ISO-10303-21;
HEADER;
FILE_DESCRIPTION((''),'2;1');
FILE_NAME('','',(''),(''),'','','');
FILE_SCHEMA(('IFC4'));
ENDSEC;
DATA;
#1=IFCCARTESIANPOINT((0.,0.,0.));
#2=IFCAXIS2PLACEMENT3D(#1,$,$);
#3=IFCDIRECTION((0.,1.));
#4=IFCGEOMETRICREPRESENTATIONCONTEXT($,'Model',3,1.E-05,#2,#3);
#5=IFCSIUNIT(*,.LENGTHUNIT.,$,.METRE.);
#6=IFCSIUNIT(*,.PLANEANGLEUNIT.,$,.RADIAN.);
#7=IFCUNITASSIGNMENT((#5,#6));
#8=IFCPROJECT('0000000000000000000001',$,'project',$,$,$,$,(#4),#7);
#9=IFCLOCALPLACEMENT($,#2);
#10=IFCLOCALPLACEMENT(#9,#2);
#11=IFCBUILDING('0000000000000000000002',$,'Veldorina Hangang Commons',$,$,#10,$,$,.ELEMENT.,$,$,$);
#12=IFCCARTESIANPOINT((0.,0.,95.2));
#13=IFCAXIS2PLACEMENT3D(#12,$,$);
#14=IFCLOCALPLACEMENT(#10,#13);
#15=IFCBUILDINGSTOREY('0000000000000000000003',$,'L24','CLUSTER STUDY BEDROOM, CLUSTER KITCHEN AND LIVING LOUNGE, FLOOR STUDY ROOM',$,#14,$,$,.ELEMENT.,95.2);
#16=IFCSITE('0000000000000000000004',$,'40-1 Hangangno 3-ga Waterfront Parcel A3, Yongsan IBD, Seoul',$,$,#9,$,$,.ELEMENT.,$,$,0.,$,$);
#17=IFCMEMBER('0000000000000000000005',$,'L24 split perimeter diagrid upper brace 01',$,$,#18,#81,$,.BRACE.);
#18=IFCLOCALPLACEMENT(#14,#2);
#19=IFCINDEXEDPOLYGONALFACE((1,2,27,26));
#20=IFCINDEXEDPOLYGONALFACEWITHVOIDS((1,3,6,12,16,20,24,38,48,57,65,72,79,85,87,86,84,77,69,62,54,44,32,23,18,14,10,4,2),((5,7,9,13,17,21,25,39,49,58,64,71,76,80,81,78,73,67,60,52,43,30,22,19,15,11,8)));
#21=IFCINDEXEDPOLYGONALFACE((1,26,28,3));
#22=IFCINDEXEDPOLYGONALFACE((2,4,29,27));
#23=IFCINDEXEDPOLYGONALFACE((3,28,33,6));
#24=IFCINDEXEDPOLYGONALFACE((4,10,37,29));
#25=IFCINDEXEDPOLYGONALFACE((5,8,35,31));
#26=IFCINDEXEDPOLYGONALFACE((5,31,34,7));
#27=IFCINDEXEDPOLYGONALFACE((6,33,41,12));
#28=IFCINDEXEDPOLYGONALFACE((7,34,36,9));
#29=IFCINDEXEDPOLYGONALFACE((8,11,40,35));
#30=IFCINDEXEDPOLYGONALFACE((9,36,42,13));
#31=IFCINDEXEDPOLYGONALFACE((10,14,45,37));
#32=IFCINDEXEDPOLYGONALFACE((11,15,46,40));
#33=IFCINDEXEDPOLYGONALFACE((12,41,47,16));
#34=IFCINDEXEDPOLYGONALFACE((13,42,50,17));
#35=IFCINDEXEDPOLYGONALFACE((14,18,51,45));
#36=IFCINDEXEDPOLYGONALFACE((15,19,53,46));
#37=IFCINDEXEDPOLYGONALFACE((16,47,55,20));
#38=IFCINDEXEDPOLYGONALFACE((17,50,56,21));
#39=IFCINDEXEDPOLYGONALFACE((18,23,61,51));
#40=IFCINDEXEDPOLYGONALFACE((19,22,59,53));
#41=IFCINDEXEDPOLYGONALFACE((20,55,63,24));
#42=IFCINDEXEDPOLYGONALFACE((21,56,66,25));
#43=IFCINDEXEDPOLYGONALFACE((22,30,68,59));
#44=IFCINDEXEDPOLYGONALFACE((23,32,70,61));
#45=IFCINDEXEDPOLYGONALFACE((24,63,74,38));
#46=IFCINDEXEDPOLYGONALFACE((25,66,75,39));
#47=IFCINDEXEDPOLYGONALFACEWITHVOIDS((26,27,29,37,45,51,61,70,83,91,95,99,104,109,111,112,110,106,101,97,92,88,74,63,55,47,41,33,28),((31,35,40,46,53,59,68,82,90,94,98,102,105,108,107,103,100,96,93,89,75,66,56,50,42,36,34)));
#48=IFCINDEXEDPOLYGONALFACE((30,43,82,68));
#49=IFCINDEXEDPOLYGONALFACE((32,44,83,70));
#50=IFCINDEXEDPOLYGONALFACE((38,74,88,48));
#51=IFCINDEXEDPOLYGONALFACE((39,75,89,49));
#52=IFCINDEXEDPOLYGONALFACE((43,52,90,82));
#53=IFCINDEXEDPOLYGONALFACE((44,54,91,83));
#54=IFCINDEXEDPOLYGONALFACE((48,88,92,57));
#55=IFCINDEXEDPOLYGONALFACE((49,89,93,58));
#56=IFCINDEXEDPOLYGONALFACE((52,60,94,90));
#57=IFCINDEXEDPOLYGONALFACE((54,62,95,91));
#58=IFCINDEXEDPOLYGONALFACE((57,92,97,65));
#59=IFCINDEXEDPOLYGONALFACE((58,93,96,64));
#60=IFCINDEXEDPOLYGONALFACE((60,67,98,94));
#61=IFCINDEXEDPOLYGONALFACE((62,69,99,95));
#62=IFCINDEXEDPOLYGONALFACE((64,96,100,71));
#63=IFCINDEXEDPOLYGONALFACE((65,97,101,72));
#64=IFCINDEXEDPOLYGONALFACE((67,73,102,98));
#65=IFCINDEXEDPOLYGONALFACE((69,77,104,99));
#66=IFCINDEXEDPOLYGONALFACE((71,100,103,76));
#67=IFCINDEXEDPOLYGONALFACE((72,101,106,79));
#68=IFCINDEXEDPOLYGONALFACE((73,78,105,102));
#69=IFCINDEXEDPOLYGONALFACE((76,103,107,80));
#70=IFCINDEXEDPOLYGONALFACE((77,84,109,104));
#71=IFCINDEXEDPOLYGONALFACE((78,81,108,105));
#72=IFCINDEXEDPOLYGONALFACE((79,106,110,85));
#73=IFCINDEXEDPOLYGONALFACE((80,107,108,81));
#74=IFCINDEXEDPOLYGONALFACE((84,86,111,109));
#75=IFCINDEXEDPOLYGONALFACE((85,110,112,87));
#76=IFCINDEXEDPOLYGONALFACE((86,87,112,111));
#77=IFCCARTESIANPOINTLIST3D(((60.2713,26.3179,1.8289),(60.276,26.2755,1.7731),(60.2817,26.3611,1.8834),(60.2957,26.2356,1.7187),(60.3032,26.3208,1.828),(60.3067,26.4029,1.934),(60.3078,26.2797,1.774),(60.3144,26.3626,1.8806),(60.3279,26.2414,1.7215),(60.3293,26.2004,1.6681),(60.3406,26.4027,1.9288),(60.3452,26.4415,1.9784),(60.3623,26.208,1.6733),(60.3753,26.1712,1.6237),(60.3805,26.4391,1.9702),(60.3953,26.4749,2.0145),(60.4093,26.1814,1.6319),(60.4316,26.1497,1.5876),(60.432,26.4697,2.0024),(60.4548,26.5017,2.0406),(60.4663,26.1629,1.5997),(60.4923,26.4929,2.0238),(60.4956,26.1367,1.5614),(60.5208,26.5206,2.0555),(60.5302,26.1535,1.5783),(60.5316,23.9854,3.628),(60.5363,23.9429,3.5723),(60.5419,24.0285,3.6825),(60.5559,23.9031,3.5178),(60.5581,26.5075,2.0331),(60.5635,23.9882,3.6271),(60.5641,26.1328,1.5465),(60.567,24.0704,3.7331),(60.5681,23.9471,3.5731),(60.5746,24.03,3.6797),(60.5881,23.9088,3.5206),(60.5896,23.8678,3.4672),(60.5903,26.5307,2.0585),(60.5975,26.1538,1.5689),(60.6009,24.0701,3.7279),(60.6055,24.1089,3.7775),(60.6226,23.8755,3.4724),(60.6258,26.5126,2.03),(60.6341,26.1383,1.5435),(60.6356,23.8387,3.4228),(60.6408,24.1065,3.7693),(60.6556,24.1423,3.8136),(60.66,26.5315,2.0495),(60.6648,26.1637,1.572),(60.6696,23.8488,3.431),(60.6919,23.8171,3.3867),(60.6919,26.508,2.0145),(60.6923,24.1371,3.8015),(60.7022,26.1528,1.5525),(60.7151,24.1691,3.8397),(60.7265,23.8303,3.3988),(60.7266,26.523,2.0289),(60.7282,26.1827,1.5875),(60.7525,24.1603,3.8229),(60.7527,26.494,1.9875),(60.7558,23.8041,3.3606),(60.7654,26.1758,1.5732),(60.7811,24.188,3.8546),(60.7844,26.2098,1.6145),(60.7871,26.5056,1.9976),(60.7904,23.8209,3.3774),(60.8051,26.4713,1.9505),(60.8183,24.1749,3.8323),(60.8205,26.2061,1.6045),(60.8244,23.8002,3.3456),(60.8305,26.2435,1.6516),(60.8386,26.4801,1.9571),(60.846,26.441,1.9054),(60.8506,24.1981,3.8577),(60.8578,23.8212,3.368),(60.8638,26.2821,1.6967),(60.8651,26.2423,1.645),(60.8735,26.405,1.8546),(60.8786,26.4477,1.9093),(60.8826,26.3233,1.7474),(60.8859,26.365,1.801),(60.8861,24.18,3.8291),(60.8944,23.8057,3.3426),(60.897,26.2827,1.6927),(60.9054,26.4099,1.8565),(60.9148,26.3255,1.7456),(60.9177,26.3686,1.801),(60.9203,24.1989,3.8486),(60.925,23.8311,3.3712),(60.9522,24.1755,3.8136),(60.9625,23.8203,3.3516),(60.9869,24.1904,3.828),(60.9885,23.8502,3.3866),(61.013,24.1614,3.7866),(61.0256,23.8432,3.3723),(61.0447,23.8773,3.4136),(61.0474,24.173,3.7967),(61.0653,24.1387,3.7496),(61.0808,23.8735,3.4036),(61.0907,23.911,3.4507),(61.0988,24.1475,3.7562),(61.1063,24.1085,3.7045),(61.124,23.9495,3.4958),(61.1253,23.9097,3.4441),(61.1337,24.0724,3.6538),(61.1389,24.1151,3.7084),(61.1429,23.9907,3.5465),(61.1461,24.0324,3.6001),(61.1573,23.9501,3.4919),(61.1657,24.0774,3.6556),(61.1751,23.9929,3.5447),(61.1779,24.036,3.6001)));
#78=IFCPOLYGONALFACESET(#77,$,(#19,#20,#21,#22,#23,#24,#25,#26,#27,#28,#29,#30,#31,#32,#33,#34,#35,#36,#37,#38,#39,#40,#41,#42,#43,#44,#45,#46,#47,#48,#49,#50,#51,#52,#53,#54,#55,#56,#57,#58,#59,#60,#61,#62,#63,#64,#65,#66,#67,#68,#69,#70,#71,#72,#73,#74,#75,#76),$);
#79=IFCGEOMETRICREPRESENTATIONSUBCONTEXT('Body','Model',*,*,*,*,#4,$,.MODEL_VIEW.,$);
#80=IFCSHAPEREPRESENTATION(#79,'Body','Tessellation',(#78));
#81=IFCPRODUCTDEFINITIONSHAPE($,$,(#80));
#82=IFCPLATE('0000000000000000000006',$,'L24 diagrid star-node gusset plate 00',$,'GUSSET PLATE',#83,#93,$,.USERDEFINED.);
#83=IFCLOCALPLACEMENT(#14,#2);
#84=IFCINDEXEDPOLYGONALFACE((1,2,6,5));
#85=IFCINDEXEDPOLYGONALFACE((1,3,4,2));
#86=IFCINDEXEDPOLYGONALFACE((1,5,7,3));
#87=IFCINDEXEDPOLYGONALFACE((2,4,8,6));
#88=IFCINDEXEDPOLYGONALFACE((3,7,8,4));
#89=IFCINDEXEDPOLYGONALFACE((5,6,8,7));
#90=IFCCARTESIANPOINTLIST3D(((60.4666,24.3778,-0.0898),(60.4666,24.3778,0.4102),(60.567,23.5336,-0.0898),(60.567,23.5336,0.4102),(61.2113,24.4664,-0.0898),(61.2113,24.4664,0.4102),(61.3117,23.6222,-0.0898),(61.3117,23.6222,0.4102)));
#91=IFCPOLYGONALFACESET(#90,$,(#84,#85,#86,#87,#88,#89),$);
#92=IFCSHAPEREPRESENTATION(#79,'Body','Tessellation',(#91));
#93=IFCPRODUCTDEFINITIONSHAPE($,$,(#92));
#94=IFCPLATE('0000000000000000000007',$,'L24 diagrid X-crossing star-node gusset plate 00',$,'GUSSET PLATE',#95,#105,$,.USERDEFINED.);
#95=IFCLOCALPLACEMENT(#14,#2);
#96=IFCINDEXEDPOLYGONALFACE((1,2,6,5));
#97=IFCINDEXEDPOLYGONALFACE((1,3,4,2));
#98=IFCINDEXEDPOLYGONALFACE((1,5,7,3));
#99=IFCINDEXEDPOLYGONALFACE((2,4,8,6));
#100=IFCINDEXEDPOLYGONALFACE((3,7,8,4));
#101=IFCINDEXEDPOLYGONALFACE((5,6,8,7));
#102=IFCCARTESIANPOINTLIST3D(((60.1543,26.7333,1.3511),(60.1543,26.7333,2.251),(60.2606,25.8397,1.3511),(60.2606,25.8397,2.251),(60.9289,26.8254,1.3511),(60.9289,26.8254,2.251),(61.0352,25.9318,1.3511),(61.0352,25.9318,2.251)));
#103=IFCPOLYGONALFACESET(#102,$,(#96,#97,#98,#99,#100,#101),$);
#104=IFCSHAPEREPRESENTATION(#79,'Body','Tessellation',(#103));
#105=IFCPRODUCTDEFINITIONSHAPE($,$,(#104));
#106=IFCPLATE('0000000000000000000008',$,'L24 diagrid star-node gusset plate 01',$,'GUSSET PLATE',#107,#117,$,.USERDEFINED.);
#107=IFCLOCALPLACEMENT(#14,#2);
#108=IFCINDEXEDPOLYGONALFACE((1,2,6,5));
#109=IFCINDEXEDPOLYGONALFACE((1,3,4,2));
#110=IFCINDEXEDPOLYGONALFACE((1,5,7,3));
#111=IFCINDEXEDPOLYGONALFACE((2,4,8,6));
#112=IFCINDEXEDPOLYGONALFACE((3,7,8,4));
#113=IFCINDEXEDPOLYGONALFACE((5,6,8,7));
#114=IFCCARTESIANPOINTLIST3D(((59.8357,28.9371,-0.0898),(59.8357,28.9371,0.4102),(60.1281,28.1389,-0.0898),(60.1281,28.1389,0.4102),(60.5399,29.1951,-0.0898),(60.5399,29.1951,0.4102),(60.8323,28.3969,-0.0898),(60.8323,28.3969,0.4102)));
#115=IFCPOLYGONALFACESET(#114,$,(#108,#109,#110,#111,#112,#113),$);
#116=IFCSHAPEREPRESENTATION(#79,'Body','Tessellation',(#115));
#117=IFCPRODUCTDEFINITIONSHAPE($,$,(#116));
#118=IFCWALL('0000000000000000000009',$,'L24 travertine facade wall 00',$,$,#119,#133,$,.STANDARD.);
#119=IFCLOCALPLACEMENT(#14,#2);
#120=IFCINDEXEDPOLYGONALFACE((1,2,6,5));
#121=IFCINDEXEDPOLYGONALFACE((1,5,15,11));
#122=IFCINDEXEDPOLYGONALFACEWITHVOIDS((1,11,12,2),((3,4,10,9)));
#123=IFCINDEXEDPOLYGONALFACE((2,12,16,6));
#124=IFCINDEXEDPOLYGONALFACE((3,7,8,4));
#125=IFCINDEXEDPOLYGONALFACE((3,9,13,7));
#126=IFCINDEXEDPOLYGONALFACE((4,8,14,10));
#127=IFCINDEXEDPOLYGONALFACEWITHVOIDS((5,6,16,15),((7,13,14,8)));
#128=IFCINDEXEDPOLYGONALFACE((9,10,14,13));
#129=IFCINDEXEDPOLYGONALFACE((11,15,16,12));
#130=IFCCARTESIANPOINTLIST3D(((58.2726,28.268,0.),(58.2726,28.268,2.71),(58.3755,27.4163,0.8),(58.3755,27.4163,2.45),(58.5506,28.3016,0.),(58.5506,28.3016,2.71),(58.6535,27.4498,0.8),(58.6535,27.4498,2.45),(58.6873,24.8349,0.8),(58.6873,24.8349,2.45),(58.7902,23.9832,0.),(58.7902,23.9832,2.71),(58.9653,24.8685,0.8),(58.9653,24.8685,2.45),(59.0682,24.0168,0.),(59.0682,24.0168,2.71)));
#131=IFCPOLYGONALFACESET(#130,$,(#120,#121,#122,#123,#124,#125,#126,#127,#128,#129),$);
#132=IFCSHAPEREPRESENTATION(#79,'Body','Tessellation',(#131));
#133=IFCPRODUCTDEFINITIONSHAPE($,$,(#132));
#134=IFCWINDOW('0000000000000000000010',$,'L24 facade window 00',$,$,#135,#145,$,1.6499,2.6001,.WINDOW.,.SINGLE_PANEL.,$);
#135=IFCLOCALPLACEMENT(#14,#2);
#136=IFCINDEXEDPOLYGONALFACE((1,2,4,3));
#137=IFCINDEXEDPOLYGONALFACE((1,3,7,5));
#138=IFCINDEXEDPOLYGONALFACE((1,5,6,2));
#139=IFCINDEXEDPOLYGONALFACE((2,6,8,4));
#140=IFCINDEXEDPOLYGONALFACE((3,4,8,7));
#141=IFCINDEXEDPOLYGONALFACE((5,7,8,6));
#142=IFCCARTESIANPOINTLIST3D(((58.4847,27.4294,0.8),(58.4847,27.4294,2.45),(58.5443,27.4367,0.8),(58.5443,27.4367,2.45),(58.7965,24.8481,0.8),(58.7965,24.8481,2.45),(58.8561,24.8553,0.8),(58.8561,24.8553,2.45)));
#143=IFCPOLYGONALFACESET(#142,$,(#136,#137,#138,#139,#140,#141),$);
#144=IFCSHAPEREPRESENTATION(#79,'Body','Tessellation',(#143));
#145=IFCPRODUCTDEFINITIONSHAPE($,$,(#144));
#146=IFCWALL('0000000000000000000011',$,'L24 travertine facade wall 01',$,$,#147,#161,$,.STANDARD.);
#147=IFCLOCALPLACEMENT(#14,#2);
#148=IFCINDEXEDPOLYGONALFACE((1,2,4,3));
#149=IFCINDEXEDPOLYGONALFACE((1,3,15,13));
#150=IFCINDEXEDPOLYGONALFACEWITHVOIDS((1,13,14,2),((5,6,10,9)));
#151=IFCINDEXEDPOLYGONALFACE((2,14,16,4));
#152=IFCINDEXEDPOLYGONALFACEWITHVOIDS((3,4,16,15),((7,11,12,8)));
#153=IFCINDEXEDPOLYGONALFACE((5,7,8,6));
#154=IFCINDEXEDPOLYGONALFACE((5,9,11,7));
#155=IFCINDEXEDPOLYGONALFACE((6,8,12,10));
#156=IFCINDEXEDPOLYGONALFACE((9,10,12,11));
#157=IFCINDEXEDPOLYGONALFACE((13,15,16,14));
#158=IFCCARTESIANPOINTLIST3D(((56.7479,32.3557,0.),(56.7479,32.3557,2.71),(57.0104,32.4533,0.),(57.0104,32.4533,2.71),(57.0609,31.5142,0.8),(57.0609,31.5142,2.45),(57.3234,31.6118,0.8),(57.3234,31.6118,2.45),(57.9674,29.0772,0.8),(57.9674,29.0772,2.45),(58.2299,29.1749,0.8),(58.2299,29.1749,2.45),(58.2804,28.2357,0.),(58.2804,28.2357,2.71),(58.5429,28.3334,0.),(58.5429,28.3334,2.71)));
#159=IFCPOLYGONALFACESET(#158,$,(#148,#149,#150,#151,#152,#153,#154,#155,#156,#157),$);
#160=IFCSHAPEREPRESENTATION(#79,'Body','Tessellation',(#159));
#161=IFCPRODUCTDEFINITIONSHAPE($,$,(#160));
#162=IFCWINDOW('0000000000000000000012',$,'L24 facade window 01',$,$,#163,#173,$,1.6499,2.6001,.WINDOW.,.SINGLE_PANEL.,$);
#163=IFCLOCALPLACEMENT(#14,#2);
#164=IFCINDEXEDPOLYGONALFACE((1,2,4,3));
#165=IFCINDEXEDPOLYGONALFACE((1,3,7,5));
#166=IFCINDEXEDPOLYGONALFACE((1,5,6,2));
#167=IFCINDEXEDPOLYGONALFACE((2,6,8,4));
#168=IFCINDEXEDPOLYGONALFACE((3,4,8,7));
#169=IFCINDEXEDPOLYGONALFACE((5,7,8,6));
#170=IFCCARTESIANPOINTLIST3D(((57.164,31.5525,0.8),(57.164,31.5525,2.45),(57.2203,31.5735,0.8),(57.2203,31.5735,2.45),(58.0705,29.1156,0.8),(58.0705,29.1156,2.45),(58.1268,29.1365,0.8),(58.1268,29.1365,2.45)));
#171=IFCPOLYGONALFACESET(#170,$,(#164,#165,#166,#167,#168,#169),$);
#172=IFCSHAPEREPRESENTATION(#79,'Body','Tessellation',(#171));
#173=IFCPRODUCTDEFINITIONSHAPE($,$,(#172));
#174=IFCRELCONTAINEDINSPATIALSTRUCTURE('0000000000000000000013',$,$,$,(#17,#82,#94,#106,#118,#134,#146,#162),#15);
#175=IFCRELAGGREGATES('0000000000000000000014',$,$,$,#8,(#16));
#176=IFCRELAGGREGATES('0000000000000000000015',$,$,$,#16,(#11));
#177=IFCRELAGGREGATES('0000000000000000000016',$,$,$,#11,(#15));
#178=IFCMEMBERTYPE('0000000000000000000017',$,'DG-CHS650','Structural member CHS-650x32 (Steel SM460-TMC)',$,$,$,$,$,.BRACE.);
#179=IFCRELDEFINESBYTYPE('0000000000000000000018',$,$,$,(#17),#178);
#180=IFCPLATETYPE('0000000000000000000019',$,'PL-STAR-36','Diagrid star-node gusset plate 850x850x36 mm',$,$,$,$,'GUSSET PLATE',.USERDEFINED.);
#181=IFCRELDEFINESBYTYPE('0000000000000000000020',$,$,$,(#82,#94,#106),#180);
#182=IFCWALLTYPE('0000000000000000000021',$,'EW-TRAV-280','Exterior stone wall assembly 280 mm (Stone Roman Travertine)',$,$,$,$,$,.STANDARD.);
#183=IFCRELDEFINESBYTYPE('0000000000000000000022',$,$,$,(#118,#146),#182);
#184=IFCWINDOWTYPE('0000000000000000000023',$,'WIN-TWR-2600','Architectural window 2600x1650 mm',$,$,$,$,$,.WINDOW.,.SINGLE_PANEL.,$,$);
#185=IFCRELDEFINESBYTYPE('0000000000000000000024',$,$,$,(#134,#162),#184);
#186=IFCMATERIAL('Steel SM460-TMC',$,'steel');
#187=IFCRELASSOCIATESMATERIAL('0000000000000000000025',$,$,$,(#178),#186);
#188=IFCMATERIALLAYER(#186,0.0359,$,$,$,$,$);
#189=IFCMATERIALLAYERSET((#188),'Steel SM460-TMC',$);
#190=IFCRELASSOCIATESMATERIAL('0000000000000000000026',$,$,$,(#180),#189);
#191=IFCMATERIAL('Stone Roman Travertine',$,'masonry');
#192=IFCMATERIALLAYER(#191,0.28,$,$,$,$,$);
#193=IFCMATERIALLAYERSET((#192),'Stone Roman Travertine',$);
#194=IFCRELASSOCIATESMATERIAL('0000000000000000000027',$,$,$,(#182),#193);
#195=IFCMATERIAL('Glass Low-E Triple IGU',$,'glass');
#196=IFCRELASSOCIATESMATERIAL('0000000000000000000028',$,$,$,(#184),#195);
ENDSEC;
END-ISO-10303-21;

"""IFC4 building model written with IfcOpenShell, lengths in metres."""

from ifc_helpers import new_model, si_unit, direction, frame, frame_2d, origin, origin_2d, place, context, subcontext, project, spatial, rectangle, hollow_circle, extrude, material, layer, layer_set, material_profile, profile_set, type_object, element, fill, save


model = new_model("IFC4")

# Units and contexts
model_context = context("Model", 3, precision=1e-05, world=origin(), true_north=direction((0.0, 1.0)))
body_context = subcontext(model_context, "Body", "Model", "MODEL_VIEW")
ifc_project = project(units=[si_unit("LENGTHUNIT", "METRE"), si_unit("PLANEANGLEUNIT", "RADIAN")], contexts=[model_context])

# Site, building, storey
site_placement = place(None, origin())
site = spatial("IfcSite", under=ifc_project, at=site_placement, Name="40-1 Hangangno 3-ga Waterfront Parcel A3, Yongsan IBD, Seoul", CompositionType="ELEMENT", RefElevation=0.0)
building_placement = place(site_placement, origin())
building = spatial("IfcBuilding", under=site, at=building_placement, Name="Veldorina Hangang Commons", CompositionType="ELEMENT")
storey_placement = place(building_placement, frame((0.0, 0.0, 95.2)))
storey = spatial("IfcBuildingStorey", under=building, at=storey_placement, Name="L24", Description="CLUSTER STUDY BEDROOM, CLUSTER KITCHEN AND LIVING LOUNGE, FLOOR STUDY ROOM", CompositionType="ELEMENT", Elevation=95.2)

# Member
ifc_material_1 = material(Name="Steel SM460-TMC", Category="steel")
ifc_material_profile_1 = material_profile(ifc_material_1, hollow_circle(Radius=0.325, WallThickness=0.032, at=origin_2d()), Name="CHS-650x32")
ifc_profile_set_1 = profile_set([ifc_material_profile_1], Name="Steel SM460-TMC")
member_type = type_object("IfcMemberType", Name="DG-CHS650", Description="Structural member CHS-650x32 (Steel SM460-TMC)", PredefinedType="BRACE", material=ifc_profile_set_1)
member_1_placement = place(storey_placement, frame((60.5947, 26.3325, 1.801), z_axis=(0.088007, -0.788759, 0.60837), x_axis=(0.993833, 0.110888, 0.0)))
element("IfcMember", 1, at=member_1_placement, inside=storey, type_object=member_type, Name="L24 split perimeter diagrid upper brace 01", PredefinedType="BRACE", context=body_context, shape_type="SweptSolid", body=[
    extrude(hollow_circle(Radius=0.325, WallThickness=0.032, at=origin_2d()), origin(), (0.0, 0.0, 1.0), 2.9573),
])

# Plates
ifc_layer_1 = layer(ifc_material_1, 0.0359)
ifc_layer_set_1 = layer_set([ifc_layer_1], Name="Steel SM460-TMC")
plate_type = type_object("IfcPlateType", Name="PL-STAR-36", Description="Diagrid star-node gusset plate 850x850x36 mm", ElementType="GUSSET PLATE", PredefinedType="USERDEFINED", material=ifc_layer_set_1)
plate_1_placement = place(storey_placement, frame((60.8892, 24.0, -0.0898), z_axis=(0.0, 0.0, 1.0), x_axis=(-0.118109, 0.993001, 0.0)))
element("IfcPlate", 2, at=plate_1_placement, inside=storey, type_object=plate_type, Name="L24 diagrid star-node gusset plate 00", ObjectType="GUSSET PLATE", PredefinedType="USERDEFINED", context=body_context, shape_type="SweptSolid", body=[
    extrude(rectangle(XDim=0.8501, YDim=0.75, at=origin_2d()), origin(), (0.0, 0.0, 1.0), 0.5),
])
plate_2_placement = place(storey_placement, frame((60.5947, 26.3325, 1.3511), z_axis=(0.0, 0.0, 1.0), x_axis=(-0.118109, 0.993001, 0.0)))
element("IfcPlate", 3, at=plate_2_placement, inside=storey, type_object=plate_type, Name="L24 diagrid X-crossing star-node gusset plate 00", ObjectType="GUSSET PLATE", PredefinedType="USERDEFINED", context=body_context, shape_type="SweptSolid", body=[
    extrude(rectangle(XDim=0.8999, YDim=0.78, at=origin_2d()), origin(), (0.0, 0.0, 1.0), 0.8999),
])
plate_3_placement = place(storey_placement, frame((60.334, 28.667, -0.0898), z_axis=(0.0, 0.0, 1.0), x_axis=(-0.343987, 0.938974, 0.0)))
element("IfcPlate", 4, at=plate_3_placement, inside=storey, type_object=plate_type, Name="L24 diagrid star-node gusset plate 01", ObjectType="GUSSET PLATE", PredefinedType="USERDEFINED", context=body_context, shape_type="SweptSolid", body=[
    extrude(rectangle(XDim=0.8501, YDim=0.75, at=origin_2d()), origin(), (0.0, 0.0, 1.0), 0.5),
])

# Walls, openings, windows
ifc_material_2 = material(Name="Stone Roman Travertine", Category="masonry")
ifc_layer_2 = layer(ifc_material_2, 0.28)
ifc_layer_set_2 = layer_set([ifc_layer_2], Name="Stone Roman Travertine")
wall_type_1 = type_object("IfcWallType", Name="EW-TRAV-280", Description="Exterior stone wall assembly 280 mm (Stone Roman Travertine)", PredefinedType="STANDARD", material=ifc_layer_set_2)
wall_1_placement = place(storey_placement, frame((58.9292, 24.0, 0.0), z_axis=(0.0, 0.0, 1.0), x_axis=(-0.119926, 0.992783, 0.0)))
wall_1 = element("IfcWall", 5, at=wall_1_placement, inside=storey, type_object=wall_type_1, Name="L24 travertine facade wall 00", PredefinedType="STANDARD", context=body_context, shape_type="SweptSolid", body=[
    extrude(rectangle(XDim=4.3159, YDim=0.28, at=frame_2d((2.158, 0.0))), origin(), (0.0, 0.0, 1.0), 2.71),
])
opening_1_placement = place(wall_1_placement, frame((0.8579, 0.0, 0.8)))
opening_1 = element("IfcOpeningElement", 6, at=opening_1_placement, cuts=wall_1, PredefinedType="OPENING", context=body_context, shape_type="SweptSolid", body=[
    extrude(rectangle(XDim=2.6001, YDim=1.6499, at=frame_2d((1.3, 0.825))), frame((0.0, 0.1499, 0.0), z_axis=(0.0, -1.0, 0.0), x_axis=(1.0, 0.0, 0.0)), (0.0, 0.0, 1.0), 0.3),
])
ifc_material_3 = material(Name="Glass Low-E Triple IGU", Category="glass")
window_type_1 = type_object("IfcWindowType", Name="WIN-TWR-2600", Description="Architectural window 2600x1650 mm", PartitioningType="SINGLE_PANEL", PredefinedType="WINDOW", material=ifc_material_3)
window_1_placement = place(opening_1_placement, origin())
window_1 = element("IfcWindow", 7, at=window_1_placement, inside=storey, type_object=window_type_1, Name="L24 facade window 00", OverallHeight=1.6499, OverallWidth=2.6001, PartitioningType="SINGLE_PANEL", PredefinedType="WINDOW", context=body_context, shape_type="SweptSolid", body=[
    extrude(rectangle(XDim=2.6001, YDim=1.6499, at=frame_2d((1.3, 0.825))), frame((0.0, 0.03, 0.0), z_axis=(0.0, -1.0, 0.0), x_axis=(1.0, 0.0, 0.0)), (0.0, 0.0, 1.0), 0.0601),
])
fill(opening_1, window_1)
wall_2_placement = place(storey_placement, frame((58.4116, 28.2847, 0.0), z_axis=(0.0, 0.0, 1.0), x_axis=(-0.348633, 0.937259, 0.0)))
wall_2 = element("IfcWall", 8, at=wall_2_placement, inside=storey, type_object=wall_type_1, Name="L24 travertine facade wall 01", PredefinedType="STANDARD", context=body_context, shape_type="SweptSolid", body=[
    extrude(rectangle(XDim=4.3958, YDim=0.28, at=frame_2d((2.1978, 0.0))), origin(), (0.0, 0.0, 1.0), 2.71),
])
opening_2_placement = place(wall_2_placement, frame((0.8977, 0.0, 0.8)))
opening_2 = element("IfcOpeningElement", 9, at=opening_2_placement, cuts=wall_2, PredefinedType="OPENING", context=body_context, shape_type="SweptSolid", body=[
    extrude(rectangle(XDim=2.6001, YDim=1.6499, at=frame_2d((1.3, 0.825))), frame((0.0, 0.1499, 0.0), z_axis=(0.0, -1.0, 0.0), x_axis=(1.0, 0.0, 0.0)), (0.0, 0.0, 1.0), 0.3),
])
window_2_placement = place(opening_2_placement, origin())
window_2 = element("IfcWindow", 10, at=window_2_placement, inside=storey, type_object=window_type_1, Name="L24 facade window 01", OverallHeight=1.6499, OverallWidth=2.6001, PartitioningType="SINGLE_PANEL", PredefinedType="WINDOW", context=body_context, shape_type="SweptSolid", body=[
    extrude(rectangle(XDim=2.6001, YDim=1.6499, at=frame_2d((1.3, 0.825))), frame((0.0, 0.03, 0.0), z_axis=(0.0, -1.0, 0.0), x_axis=(1.0, 0.0, 0.0)), (0.0, 0.0, 1.0), 0.0601),
])
fill(opening_2, window_2)

save(model, "model.ifc")
